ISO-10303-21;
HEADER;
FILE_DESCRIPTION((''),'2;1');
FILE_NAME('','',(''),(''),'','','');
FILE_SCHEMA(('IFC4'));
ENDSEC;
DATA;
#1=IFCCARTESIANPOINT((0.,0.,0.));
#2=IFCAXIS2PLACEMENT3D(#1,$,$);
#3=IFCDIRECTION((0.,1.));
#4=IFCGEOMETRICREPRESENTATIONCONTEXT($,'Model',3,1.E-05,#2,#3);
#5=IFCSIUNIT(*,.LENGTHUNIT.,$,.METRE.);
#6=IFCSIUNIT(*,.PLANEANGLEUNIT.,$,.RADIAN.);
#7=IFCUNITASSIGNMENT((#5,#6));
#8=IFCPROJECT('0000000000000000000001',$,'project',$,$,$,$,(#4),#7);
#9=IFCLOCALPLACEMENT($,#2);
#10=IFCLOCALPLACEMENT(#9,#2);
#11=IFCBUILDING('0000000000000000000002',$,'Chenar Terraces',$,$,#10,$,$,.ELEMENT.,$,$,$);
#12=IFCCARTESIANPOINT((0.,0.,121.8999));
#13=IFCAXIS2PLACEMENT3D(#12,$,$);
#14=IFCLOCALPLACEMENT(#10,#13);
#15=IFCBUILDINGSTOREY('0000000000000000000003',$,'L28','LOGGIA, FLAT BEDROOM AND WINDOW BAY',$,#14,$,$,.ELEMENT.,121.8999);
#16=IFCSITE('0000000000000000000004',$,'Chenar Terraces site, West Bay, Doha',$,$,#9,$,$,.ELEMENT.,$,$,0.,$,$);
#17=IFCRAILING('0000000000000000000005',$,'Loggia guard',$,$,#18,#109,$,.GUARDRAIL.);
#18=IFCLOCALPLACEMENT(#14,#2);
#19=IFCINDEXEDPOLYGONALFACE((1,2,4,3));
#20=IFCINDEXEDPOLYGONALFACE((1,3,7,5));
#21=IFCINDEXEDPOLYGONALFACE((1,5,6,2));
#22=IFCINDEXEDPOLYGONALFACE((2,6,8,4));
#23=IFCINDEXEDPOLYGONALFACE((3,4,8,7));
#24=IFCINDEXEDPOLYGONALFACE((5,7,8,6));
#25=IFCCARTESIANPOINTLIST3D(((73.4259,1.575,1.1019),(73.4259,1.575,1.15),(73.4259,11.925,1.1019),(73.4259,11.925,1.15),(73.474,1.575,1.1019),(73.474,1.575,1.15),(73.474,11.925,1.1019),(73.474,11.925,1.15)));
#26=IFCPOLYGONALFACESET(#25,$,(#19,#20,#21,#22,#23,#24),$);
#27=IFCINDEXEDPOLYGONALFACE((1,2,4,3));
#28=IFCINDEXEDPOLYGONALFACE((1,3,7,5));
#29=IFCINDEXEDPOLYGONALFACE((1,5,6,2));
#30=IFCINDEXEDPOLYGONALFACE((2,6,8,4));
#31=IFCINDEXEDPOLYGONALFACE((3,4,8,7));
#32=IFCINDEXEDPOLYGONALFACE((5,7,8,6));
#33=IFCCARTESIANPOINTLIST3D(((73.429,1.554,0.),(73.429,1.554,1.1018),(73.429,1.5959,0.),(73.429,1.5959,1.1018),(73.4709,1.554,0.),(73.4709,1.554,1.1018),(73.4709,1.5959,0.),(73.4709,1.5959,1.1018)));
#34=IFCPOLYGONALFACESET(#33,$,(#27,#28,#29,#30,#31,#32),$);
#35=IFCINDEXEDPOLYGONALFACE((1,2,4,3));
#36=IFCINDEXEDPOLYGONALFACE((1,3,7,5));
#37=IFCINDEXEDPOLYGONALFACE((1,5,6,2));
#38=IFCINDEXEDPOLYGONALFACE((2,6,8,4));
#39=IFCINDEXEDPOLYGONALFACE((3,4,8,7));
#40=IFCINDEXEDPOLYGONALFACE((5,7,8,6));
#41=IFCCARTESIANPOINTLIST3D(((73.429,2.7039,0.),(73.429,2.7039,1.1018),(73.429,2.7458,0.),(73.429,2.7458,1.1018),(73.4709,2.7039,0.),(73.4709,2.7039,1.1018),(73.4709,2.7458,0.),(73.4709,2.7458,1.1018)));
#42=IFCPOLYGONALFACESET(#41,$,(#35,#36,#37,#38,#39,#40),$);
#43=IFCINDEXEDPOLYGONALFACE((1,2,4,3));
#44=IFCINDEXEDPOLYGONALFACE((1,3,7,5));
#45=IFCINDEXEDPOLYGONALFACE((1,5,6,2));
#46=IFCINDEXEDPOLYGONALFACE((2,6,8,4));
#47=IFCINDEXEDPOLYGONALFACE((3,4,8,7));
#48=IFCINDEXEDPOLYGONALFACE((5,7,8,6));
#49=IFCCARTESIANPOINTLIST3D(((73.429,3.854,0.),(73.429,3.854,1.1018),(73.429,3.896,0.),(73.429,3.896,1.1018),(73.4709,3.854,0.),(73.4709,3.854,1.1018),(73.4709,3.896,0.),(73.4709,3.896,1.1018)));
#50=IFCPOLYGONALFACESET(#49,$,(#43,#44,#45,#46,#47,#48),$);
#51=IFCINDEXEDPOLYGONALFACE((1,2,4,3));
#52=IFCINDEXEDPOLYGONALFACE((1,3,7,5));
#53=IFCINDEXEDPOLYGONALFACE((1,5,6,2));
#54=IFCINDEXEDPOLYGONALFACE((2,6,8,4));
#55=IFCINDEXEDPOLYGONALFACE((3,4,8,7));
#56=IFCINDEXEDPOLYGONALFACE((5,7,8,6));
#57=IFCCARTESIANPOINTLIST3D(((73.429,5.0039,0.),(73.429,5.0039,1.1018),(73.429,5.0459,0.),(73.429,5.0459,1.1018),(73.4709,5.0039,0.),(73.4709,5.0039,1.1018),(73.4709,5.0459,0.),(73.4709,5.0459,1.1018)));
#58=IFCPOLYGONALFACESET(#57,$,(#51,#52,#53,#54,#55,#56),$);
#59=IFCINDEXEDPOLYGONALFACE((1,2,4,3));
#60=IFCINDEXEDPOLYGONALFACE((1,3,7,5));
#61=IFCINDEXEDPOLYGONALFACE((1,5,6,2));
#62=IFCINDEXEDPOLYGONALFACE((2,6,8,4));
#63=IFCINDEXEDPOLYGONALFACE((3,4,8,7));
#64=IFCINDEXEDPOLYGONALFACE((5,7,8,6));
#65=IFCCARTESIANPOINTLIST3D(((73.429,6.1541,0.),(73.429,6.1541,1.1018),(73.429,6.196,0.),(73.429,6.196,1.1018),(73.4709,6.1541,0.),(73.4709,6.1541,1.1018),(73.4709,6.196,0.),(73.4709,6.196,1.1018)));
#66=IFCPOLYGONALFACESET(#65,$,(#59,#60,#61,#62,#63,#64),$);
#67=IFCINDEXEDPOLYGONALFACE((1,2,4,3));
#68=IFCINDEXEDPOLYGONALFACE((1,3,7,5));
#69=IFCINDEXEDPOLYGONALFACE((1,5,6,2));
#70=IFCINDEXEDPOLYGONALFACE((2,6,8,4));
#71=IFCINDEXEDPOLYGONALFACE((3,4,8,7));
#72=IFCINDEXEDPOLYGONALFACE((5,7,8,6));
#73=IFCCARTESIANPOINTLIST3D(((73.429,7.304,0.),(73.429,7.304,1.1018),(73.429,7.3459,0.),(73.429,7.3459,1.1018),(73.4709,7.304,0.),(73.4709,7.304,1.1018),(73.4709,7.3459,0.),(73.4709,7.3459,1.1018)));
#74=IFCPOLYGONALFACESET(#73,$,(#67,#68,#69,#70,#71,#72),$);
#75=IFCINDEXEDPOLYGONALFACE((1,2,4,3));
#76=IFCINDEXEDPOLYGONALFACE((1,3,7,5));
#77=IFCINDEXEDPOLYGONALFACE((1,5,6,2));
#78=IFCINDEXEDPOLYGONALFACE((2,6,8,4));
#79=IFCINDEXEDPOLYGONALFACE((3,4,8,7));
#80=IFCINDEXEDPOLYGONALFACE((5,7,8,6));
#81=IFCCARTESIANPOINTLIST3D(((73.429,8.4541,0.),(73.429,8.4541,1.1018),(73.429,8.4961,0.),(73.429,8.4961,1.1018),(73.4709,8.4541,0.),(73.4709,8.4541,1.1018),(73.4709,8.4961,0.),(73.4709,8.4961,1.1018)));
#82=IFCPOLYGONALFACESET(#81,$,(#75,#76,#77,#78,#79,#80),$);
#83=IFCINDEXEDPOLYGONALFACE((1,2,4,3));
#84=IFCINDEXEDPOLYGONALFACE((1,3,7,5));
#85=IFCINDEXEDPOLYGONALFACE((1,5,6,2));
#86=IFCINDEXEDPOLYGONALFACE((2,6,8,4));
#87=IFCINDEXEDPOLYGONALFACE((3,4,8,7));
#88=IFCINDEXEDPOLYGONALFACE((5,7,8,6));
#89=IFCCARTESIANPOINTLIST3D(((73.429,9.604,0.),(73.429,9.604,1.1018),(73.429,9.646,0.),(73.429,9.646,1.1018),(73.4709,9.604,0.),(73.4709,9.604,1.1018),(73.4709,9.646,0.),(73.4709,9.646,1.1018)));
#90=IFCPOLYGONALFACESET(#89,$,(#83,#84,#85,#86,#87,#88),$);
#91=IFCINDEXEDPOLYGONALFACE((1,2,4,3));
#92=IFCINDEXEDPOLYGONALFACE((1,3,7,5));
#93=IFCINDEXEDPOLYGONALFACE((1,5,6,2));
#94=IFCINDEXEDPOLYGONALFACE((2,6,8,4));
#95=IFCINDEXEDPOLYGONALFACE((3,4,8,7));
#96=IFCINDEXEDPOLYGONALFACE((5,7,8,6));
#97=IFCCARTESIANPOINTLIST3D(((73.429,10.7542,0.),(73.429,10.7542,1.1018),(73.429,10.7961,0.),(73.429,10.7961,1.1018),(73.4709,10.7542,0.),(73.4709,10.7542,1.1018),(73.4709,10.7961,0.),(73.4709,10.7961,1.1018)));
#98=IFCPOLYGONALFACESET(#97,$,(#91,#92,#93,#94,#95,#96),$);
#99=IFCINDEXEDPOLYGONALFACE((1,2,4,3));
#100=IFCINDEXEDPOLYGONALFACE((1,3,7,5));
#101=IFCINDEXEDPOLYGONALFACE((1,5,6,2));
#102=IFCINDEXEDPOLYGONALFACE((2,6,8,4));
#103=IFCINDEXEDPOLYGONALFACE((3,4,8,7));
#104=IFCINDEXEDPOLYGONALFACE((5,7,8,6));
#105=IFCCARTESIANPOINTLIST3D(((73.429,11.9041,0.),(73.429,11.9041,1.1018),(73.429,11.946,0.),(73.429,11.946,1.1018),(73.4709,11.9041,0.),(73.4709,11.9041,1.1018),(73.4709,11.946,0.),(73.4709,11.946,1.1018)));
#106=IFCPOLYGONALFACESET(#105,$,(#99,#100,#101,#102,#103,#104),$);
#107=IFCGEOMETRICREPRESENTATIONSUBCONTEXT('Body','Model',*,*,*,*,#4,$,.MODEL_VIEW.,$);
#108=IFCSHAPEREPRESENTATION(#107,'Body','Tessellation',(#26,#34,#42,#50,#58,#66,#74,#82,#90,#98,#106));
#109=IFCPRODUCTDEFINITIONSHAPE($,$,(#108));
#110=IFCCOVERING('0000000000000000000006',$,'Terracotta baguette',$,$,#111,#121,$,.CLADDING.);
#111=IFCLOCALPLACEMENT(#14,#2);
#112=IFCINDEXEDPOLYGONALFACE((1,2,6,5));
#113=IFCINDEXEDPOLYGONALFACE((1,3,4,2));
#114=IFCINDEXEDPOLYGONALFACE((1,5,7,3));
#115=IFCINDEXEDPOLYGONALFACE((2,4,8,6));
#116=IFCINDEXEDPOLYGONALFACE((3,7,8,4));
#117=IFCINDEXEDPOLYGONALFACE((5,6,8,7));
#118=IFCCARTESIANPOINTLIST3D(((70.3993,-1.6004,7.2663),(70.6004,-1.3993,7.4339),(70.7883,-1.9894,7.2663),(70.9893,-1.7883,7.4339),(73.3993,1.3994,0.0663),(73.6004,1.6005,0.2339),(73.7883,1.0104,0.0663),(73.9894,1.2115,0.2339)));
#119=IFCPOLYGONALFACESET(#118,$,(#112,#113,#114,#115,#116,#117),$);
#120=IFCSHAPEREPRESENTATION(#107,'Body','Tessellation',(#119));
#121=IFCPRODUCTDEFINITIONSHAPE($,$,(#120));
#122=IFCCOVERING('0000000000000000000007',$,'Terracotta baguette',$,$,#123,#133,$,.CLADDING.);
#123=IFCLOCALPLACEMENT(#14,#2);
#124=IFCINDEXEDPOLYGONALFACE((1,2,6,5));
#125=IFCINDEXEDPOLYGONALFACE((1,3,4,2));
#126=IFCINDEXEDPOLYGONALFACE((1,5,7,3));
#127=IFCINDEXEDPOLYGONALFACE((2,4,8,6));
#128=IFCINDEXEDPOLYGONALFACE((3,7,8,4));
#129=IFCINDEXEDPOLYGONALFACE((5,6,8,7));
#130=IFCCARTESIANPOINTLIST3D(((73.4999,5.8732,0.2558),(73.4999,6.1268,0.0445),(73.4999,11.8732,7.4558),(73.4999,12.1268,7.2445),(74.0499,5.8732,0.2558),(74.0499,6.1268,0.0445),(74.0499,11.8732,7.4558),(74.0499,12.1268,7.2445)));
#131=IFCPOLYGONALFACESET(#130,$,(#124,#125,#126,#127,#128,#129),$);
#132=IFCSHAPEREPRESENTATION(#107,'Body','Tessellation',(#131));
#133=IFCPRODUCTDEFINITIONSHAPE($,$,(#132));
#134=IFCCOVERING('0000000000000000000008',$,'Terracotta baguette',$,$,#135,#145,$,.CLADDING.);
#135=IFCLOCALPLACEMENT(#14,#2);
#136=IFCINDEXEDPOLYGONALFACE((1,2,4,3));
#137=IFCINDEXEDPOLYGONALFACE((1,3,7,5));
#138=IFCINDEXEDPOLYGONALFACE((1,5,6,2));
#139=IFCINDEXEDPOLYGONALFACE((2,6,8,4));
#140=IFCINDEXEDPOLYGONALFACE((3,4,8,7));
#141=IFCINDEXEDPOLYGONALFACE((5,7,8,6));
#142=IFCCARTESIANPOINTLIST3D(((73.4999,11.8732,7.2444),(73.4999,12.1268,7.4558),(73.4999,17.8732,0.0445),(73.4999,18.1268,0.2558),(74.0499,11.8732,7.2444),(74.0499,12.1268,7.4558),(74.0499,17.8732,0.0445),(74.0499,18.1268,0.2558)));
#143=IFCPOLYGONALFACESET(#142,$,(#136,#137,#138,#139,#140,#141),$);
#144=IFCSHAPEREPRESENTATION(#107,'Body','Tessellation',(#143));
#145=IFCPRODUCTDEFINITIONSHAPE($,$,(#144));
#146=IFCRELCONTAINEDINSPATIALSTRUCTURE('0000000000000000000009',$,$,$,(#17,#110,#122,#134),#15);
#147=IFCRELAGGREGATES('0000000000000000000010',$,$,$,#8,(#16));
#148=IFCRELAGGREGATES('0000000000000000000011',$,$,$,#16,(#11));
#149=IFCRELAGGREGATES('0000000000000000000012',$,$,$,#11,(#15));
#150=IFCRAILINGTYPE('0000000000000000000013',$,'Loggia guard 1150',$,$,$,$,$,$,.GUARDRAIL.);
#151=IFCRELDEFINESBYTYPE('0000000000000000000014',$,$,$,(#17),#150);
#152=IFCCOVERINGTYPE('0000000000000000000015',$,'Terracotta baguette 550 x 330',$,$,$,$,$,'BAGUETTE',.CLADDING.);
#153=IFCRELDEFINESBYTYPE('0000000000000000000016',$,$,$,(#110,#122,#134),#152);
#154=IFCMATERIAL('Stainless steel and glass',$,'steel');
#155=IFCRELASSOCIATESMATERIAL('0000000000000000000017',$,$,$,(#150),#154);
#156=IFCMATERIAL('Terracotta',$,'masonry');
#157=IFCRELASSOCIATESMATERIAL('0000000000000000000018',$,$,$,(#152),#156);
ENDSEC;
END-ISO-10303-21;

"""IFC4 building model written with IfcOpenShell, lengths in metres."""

from ifc_helpers import new_model, si_unit, direction, frame, origin, origin_2d, place, context, subcontext, project, spatial, rectangle, extrude, material, material_profile, profile_set, type_object, element, save


model = new_model("IFC4")

# Units and contexts
model_context = context("Model", 3, precision=1e-05, world=origin(), true_north=direction((0.0, 1.0)))
body_context = subcontext(model_context, "Body", "Model", "MODEL_VIEW")
ifc_project = project(units=[si_unit("LENGTHUNIT", "METRE"), si_unit("PLANEANGLEUNIT", "RADIAN")], contexts=[model_context])

# Site, building, storey
site_placement = place(None, origin())
site = spatial("IfcSite", under=ifc_project, at=site_placement, Name="Chenar Terraces site, West Bay, Doha", CompositionType="ELEMENT", RefElevation=0.0)
building_placement = place(site_placement, origin())
building = spatial("IfcBuilding", under=site, at=building_placement, Name="Chenar Terraces", CompositionType="ELEMENT")
storey_placement = place(building_placement, frame((0.0, 0.0, 121.8999)))
storey = spatial("IfcBuildingStorey", under=building, at=storey_placement, Name="L28", Description="LOGGIA, FLAT BEDROOM AND WINDOW BAY", CompositionType="ELEMENT", Elevation=121.8999)

# Railing
ifc_material_1 = material(Name="Stainless steel and glass", Category="steel")
railing_type = type_object("IfcRailingType", Name="Loggia guard 1150", PredefinedType="GUARDRAIL", material=ifc_material_1)
railing_placement = place(storey_placement, frame((73.45, 1.575, 0.0)))
element("IfcRailing", 1, at=railing_placement, inside=storey, type_object=railing_type, Name="Loggia guard", PredefinedType="GUARDRAIL", context=body_context, shape_type="SweptSolid", body=[
    extrude(rectangle(XDim=0.0481, YDim=0.0481, at=origin_2d()), frame((0.0, 0.0, 1.126), z_axis=(0.0, 1.0, 0.0), x_axis=(-1.0, 0.0, 0.0)), (0.0, 0.0, 1.0), 10.3501),
    extrude(rectangle(XDim=0.042, YDim=0.042, at=origin_2d()), origin(), (0.0, 0.0, 1.0), 1.1018),
    extrude(rectangle(XDim=0.042, YDim=0.042, at=origin_2d()), frame((0.0, 1.1499, 0.0)), (0.0, 0.0, 1.0), 1.1018),
    extrude(rectangle(XDim=0.042, YDim=0.042, at=origin_2d()), frame((0.0, 2.3, 0.0)), (0.0, 0.0, 1.0), 1.1018),
    extrude(rectangle(XDim=0.042, YDim=0.042, at=origin_2d()), frame((0.0, 3.45, 0.0)), (0.0, 0.0, 1.0), 1.1018),
    extrude(rectangle(XDim=0.042, YDim=0.042, at=origin_2d()), frame((0.0, 4.6001, 0.0)), (0.0, 0.0, 1.0), 1.1018),
    extrude(rectangle(XDim=0.042, YDim=0.042, at=origin_2d()), frame((0.0, 5.75, 0.0)), (0.0, 0.0, 1.0), 1.1018),
    extrude(rectangle(XDim=0.042, YDim=0.042, at=origin_2d()), frame((0.0, 6.9001, 0.0)), (0.0, 0.0, 1.0), 1.1018),
    extrude(rectangle(XDim=0.042, YDim=0.042, at=origin_2d()), frame((0.0, 8.05, 0.0)), (0.0, 0.0, 1.0), 1.1018),
    extrude(rectangle(XDim=0.042, YDim=0.042, at=origin_2d()), frame((0.0, 9.2002, 0.0)), (0.0, 0.0, 1.0), 1.1018),
    extrude(rectangle(XDim=0.042, YDim=0.042, at=origin_2d()), frame((0.0, 10.3501, 0.0)), (0.0, 0.0, 1.0), 1.1018),
])

# Coverings
ifc_material_2 = material(Name="Terracotta", Category="masonry")
ifc_material_profile_1 = material_profile(ifc_material_2, rectangle(XDim=0.55, YDim=0.3301, at=origin_2d()), Name="Terracotta baguette 550 x 330")
ifc_profile_set_1 = profile_set([ifc_material_profile_1], Name="Terracotta")
covering_type = type_object("IfcCoveringType", Name="Terracotta baguette 550 x 330", ElementType="BAGUETTE", PredefinedType="CLADDING", material=ifc_profile_set_1)
covering_placement = place(storey_placement, frame((70.6943, -1.6943, 7.3501), z_axis=(0.358985, 0.358955, -0.861557), x_axis=(-0.707078, 0.707136, 0.0)))
element("IfcCovering", 2, at=covering_placement, inside=storey, type_object=covering_type, Name="Terracotta baguette", PredefinedType="CLADDING", context=body_context, shape_type="SweptSolid", body=[
    extrude(rectangle(XDim=0.55, YDim=0.3301, at=origin_2d()), origin(), (0.0, 0.0, 1.0), 8.3569),
])
for number, where, z_axis, x_axis, name in (
    (3, (73.7749, 6.0, 0.1501), (0.0, 0.640187, 0.768219), (-1.0, 0.0, 0.0), "Terracotta baguette"),
    (4, (73.7749, 12.0, 7.3501), (0.0, 0.640187, -0.768219), (-1.0, 0.0, 0.0), "Terracotta baguette"),
):
    element("IfcCovering", number, at=place(storey_placement, frame(where, z_axis=z_axis, x_axis=x_axis)), inside=storey, type_object=covering_type, Name=name, PredefinedType="CLADDING", context=body_context, shape_type="SweptSolid", body=[
        extrude(rectangle(XDim=0.55, YDim=0.3301, at=origin_2d()), origin(), (0.0, 0.0, 1.0), 9.3723),
    ])

save(model, "model.ifc")
